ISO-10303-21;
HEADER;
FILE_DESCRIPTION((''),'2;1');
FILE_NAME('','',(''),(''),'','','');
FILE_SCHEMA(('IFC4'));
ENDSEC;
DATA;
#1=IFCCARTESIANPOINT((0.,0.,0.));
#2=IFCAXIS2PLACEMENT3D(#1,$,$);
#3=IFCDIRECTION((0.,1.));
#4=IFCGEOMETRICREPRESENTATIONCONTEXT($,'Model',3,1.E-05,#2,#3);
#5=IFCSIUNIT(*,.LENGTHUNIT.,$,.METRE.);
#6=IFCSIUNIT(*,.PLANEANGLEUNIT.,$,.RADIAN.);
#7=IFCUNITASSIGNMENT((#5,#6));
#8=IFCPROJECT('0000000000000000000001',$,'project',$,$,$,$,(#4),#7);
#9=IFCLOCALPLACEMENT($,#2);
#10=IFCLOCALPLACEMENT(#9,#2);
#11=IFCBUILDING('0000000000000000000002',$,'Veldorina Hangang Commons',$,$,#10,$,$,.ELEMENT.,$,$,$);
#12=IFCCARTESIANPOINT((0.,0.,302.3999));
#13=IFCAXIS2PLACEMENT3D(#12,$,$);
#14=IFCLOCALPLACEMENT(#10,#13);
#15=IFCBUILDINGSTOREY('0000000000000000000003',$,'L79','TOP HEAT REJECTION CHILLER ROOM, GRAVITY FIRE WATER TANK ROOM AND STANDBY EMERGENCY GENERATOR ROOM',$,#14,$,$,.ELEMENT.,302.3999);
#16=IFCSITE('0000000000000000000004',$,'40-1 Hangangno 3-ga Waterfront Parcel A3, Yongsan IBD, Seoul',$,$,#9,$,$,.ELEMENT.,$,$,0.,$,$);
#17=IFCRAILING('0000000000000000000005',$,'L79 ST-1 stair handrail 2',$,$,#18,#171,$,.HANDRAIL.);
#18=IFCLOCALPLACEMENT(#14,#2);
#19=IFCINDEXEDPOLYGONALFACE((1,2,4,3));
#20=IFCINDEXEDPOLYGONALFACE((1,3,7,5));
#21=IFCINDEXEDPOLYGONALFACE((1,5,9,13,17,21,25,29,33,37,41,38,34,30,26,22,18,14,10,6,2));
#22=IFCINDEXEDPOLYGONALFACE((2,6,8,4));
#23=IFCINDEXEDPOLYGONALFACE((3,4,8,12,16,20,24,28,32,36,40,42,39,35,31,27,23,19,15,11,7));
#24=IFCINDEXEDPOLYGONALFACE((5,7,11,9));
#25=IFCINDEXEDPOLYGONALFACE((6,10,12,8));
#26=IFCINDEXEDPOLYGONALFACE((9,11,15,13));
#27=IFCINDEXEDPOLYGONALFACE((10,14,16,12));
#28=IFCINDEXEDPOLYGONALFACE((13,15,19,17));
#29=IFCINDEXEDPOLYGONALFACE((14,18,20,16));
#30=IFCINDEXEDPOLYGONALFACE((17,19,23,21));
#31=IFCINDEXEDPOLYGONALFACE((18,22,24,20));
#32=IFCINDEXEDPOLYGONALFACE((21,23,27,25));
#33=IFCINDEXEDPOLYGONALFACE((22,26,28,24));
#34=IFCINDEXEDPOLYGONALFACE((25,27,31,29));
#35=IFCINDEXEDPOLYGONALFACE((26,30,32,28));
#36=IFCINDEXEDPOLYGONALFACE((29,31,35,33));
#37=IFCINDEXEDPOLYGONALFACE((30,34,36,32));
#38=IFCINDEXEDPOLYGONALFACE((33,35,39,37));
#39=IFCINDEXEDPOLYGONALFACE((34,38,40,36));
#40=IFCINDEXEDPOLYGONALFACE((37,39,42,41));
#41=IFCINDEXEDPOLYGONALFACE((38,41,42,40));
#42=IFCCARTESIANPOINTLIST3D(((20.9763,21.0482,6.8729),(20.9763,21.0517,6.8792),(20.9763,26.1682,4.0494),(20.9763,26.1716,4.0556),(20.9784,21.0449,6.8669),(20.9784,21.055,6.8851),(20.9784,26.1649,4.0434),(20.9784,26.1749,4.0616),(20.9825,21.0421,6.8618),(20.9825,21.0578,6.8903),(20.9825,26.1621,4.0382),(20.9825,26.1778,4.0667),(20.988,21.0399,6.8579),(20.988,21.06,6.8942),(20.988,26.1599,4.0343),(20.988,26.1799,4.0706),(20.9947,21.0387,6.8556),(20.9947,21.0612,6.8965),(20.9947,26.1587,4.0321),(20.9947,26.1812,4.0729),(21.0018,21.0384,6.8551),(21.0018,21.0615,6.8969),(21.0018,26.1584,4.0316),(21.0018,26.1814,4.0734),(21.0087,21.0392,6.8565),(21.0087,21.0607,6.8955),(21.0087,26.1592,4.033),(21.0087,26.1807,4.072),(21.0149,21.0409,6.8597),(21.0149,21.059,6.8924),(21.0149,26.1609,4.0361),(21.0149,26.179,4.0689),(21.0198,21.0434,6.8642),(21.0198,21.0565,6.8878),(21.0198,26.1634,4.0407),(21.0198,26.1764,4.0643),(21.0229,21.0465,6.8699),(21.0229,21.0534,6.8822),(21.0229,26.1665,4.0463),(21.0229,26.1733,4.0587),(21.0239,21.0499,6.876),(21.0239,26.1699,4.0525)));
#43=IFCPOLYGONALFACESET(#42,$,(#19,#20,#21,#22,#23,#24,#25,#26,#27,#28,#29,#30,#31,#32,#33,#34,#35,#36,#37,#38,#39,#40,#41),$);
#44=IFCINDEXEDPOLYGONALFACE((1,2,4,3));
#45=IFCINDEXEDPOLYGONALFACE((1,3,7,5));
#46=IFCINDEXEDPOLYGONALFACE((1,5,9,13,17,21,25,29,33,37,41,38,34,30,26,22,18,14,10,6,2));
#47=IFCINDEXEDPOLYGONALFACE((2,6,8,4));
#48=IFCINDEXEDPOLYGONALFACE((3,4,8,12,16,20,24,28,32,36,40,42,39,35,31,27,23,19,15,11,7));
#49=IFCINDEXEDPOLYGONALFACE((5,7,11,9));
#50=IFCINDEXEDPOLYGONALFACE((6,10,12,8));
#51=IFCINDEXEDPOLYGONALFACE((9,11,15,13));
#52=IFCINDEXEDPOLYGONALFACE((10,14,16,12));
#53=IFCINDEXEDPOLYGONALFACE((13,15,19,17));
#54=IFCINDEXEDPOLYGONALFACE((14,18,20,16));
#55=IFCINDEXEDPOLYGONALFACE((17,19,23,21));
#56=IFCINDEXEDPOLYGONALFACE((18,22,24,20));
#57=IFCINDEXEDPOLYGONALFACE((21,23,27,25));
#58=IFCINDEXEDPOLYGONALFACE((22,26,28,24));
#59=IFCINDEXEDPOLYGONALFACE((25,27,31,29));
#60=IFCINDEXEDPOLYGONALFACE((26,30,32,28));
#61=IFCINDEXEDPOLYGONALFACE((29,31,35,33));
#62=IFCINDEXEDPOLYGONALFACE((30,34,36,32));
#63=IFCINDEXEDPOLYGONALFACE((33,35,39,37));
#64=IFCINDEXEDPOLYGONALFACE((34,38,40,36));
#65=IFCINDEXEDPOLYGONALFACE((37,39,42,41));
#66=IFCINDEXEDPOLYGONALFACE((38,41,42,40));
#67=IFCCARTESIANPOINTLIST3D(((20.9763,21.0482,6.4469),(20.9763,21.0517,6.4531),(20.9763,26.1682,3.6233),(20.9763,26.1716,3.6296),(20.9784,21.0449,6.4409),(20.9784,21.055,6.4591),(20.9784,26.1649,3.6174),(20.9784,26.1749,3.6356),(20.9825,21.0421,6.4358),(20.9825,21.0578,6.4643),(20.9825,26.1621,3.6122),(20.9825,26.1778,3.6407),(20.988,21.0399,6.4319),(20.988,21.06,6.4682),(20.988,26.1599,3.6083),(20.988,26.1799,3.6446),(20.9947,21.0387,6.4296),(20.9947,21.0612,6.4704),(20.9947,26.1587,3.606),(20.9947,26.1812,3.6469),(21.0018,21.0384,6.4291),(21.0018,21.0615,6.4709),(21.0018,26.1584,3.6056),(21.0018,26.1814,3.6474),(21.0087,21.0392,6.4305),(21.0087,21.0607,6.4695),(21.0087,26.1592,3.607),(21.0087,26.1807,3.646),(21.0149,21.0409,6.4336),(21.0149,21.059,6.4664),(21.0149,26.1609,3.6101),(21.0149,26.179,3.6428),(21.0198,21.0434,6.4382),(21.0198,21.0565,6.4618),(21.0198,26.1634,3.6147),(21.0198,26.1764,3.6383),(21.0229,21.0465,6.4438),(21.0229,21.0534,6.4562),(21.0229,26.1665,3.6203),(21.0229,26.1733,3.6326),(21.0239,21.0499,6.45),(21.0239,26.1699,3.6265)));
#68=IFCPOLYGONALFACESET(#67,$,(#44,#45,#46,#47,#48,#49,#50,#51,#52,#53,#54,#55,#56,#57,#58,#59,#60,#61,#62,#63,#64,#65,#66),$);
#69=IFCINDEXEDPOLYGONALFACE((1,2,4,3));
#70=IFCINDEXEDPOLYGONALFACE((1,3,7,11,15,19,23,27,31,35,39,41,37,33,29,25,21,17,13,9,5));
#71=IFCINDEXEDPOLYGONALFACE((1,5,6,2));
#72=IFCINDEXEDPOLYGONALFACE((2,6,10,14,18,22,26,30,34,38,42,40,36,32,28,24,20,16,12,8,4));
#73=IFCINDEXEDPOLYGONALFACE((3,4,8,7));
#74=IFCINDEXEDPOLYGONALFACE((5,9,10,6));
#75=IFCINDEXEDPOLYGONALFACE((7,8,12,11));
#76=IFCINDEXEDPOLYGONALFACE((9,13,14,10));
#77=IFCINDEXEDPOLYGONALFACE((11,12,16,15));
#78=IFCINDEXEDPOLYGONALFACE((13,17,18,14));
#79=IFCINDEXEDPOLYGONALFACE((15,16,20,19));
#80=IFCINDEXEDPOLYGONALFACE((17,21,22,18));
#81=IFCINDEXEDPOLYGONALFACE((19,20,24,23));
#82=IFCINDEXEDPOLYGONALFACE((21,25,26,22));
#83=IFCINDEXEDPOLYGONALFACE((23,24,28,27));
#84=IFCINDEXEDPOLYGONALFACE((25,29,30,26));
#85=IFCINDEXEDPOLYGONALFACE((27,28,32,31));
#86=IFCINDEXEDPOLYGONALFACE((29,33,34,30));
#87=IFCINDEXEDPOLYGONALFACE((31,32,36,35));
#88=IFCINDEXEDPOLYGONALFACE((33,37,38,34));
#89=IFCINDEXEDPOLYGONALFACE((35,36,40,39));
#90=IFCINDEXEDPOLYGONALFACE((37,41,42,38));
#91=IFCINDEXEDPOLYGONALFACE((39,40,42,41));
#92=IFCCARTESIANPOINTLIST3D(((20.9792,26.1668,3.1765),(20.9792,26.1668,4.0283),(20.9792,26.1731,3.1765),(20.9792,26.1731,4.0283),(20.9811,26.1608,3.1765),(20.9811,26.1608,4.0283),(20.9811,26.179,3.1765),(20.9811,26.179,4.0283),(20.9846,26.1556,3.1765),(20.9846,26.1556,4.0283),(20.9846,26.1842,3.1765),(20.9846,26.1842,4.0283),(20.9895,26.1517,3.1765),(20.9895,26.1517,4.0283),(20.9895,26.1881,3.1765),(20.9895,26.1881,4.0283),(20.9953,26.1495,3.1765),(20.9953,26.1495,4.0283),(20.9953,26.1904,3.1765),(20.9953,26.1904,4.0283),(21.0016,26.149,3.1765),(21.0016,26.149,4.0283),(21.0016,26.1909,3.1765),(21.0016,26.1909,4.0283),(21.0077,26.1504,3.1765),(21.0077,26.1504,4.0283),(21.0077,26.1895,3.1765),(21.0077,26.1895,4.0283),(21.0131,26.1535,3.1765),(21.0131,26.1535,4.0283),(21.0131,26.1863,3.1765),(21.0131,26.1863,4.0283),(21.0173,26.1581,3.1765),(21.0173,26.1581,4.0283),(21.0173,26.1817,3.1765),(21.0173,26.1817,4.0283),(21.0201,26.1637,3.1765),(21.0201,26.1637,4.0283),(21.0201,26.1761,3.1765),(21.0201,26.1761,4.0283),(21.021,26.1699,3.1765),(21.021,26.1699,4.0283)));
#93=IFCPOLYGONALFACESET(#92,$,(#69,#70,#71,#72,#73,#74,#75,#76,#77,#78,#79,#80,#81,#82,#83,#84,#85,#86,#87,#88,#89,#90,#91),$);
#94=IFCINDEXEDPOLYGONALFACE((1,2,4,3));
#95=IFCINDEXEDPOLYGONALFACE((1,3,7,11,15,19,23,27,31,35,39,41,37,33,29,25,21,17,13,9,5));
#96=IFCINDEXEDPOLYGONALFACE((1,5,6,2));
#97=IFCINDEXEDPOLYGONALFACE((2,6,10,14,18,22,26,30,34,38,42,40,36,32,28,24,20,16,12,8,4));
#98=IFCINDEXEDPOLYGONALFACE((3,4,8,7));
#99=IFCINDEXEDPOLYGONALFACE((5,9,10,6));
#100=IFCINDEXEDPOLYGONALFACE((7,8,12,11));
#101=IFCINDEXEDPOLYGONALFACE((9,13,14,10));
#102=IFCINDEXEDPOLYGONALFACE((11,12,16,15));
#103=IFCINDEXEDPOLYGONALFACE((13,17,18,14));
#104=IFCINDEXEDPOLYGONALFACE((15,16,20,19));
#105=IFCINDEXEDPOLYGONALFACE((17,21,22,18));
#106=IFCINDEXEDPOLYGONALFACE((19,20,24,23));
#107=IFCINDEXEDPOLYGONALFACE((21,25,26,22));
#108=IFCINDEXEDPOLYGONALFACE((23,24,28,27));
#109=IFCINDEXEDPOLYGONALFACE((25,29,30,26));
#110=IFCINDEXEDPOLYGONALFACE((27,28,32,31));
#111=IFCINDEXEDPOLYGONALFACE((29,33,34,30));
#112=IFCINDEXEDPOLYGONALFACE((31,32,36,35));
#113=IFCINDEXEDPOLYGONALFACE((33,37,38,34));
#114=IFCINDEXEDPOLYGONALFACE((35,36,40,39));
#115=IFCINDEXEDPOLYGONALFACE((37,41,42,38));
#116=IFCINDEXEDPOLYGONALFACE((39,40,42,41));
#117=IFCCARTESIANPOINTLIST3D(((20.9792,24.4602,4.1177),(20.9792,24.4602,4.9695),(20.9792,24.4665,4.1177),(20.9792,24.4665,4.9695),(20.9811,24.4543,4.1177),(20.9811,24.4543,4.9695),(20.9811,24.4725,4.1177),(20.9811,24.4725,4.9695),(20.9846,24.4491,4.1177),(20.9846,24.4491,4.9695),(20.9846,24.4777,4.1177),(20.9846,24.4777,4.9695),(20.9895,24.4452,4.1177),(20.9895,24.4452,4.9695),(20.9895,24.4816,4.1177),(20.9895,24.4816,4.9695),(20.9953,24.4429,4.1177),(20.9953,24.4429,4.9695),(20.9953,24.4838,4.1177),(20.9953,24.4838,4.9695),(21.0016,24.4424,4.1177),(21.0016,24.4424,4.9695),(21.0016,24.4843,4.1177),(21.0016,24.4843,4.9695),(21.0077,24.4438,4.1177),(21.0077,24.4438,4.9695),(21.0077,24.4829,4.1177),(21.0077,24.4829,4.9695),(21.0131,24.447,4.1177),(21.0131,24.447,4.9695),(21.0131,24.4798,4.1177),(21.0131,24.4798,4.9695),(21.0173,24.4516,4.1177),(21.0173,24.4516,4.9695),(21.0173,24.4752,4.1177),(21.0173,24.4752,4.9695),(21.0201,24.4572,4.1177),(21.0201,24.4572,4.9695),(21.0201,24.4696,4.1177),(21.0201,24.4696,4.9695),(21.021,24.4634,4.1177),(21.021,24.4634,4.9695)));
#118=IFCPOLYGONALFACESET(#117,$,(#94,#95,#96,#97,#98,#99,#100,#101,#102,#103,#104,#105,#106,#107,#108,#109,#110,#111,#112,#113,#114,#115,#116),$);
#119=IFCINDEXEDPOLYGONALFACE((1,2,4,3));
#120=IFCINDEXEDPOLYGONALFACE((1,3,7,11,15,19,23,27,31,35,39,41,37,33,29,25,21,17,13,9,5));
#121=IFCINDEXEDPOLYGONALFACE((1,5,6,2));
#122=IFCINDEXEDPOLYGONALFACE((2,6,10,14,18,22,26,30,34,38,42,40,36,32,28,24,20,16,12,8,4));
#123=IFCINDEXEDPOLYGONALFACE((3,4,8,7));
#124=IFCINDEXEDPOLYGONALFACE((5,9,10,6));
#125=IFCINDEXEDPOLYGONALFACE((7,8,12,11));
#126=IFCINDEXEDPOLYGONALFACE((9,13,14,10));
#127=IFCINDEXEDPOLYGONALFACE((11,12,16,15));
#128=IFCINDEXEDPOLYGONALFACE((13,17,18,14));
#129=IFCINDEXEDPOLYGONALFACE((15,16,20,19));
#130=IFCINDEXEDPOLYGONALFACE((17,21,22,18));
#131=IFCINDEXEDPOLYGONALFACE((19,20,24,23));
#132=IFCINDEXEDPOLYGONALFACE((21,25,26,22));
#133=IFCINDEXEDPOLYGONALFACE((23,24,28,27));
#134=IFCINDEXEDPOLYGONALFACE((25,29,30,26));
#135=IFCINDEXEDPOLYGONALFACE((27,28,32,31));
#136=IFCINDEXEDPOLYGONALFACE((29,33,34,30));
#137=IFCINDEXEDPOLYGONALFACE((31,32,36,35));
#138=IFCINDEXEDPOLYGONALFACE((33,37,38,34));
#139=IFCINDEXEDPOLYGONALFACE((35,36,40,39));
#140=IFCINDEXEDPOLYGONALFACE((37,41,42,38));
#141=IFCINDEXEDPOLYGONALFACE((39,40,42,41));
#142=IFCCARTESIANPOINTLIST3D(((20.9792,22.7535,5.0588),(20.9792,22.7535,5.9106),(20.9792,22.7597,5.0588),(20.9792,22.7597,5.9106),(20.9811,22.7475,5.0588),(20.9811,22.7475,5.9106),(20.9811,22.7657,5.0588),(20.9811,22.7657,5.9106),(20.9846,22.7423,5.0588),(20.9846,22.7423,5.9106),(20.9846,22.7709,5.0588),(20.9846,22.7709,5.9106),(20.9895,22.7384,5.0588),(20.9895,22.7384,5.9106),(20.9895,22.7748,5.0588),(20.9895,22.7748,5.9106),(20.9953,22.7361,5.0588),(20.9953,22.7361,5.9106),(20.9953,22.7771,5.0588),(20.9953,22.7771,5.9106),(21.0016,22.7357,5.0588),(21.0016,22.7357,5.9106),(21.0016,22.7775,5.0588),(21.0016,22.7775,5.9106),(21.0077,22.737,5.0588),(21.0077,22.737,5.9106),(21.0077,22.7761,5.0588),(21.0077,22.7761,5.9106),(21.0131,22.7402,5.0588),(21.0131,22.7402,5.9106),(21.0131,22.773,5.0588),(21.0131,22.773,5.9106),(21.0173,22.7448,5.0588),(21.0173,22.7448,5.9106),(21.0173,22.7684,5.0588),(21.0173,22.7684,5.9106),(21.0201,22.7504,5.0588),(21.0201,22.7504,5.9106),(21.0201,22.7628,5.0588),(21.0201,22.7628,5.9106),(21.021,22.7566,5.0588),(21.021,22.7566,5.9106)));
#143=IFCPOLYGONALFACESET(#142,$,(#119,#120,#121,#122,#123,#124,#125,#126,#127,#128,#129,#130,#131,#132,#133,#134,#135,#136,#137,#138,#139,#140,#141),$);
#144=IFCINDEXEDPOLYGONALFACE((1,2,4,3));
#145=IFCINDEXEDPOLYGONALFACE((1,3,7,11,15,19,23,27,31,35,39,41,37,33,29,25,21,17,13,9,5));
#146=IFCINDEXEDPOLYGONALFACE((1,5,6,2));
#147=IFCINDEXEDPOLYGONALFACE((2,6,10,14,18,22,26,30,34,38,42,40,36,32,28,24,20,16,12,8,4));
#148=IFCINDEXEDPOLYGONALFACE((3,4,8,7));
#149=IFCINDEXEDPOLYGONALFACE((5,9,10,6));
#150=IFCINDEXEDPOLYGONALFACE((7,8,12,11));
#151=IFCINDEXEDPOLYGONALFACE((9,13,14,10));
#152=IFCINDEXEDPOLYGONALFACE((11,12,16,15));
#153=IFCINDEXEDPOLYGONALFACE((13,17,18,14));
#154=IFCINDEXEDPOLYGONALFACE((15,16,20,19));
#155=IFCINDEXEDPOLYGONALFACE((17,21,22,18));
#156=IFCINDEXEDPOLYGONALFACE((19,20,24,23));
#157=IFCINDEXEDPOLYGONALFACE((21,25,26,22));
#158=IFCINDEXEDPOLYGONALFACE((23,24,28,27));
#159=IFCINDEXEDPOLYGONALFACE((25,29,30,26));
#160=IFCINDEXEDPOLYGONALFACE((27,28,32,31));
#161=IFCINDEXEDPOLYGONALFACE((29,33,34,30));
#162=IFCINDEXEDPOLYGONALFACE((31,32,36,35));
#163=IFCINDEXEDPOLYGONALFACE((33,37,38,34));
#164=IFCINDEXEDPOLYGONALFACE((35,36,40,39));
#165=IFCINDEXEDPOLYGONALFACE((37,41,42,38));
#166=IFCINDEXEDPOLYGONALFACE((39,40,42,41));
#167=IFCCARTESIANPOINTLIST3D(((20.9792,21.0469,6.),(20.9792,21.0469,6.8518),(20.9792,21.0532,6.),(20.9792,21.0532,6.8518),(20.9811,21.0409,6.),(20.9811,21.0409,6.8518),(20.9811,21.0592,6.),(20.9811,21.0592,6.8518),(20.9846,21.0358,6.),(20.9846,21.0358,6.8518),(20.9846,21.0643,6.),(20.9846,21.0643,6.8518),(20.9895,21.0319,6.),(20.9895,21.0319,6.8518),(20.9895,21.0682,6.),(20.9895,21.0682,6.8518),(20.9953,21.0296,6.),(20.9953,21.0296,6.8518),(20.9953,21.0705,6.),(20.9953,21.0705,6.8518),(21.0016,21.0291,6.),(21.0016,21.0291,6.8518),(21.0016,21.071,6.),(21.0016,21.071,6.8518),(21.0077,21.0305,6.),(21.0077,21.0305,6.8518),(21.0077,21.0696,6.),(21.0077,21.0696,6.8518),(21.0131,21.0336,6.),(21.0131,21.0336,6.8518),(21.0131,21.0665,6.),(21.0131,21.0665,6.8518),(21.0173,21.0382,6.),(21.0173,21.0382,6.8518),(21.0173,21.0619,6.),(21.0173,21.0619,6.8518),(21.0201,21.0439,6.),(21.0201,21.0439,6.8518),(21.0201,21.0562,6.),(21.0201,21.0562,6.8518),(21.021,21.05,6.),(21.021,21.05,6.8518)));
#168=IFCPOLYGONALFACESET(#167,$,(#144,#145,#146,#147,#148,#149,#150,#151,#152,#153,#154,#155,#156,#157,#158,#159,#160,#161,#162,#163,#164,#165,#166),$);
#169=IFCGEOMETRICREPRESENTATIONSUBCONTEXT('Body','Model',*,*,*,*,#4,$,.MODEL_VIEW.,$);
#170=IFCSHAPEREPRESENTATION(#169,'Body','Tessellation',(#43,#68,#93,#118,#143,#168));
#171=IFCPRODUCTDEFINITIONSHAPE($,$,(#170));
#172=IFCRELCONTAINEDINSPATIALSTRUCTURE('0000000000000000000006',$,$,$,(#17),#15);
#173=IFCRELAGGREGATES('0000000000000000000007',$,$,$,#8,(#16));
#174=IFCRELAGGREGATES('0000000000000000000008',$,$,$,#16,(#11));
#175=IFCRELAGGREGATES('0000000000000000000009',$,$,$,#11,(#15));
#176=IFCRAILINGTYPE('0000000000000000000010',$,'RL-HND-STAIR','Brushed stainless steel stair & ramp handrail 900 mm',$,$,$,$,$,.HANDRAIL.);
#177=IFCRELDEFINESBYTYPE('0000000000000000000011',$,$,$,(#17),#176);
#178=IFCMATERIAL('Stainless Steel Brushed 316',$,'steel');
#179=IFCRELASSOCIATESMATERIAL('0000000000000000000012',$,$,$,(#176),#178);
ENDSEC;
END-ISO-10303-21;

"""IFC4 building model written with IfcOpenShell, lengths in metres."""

from ifc_helpers import new_model, si_unit, direction, frame, origin, origin_2d, place, context, subcontext, project, spatial, circle, extrude, material, type_object, element, save


model = new_model("IFC4")

# Units and contexts
model_context = context("Model", 3, precision=1e-05, world=origin(), true_north=direction((0.0, 1.0)))
body_context = subcontext(model_context, "Body", "Model", "MODEL_VIEW")
ifc_project = project(units=[si_unit("LENGTHUNIT", "METRE"), si_unit("PLANEANGLEUNIT", "RADIAN")], contexts=[model_context])

# Site, building, storey
site_placement = place(None, origin())
site = spatial("IfcSite", under=ifc_project, at=site_placement, Name="40-1 Hangangno 3-ga Waterfront Parcel A3, Yongsan IBD, Seoul", CompositionType="ELEMENT", RefElevation=0.0)
building_placement = place(site_placement, origin())
building = spatial("IfcBuilding", under=site, at=building_placement, Name="Veldorina Hangang Commons", CompositionType="ELEMENT")
storey_placement = place(building_placement, frame((0.0, 0.0, 302.3999)))
storey = spatial("IfcBuildingStorey", under=building, at=storey_placement, Name="L79", Description="TOP HEAT REJECTION CHILLER ROOM, GRAVITY FIRE WATER TANK ROOM AND STANDBY EMERGENCY GENERATOR ROOM", CompositionType="ELEMENT", Elevation=302.3999)

# Railing
ifc_material_1 = material(Name="Stainless Steel Brushed 316", Category="steel")
railing_type = type_object("IfcRailingType", Name="RL-HND-STAIR", Description="Brushed stainless steel stair & ramp handrail 900 mm", PredefinedType="HANDRAIL", material=ifc_material_1)
railing_placement = place(storey_placement, frame((21.0, 26.1699, 3.1765)))
element("IfcRailing", 1, at=railing_placement, inside=storey, type_object=railing_type, Name="L79 ST-1 stair handrail 2", PredefinedType="HANDRAIL", context=body_context, shape_type="SweptSolid", body=[
    extrude(circle(Radius=0.0239, at=origin_2d()), frame((0.0, 0.0, 0.876), z_axis=(0.0, -0.87567, 0.482911), x_axis=(1.0, 0.0, 0.0)), (0.0, 0.0, 1.0), 5.8469),
    extrude(circle(Radius=0.0239, at=origin_2d()), frame((0.0, 0.0, 0.45), z_axis=(0.0, -0.87567, 0.482911), x_axis=(1.0, 0.0, 0.0)), (0.0, 0.0, 1.0), 5.8469),
    extrude(circle(Radius=0.021, at=origin_2d()), origin(), (0.0, 0.0, 1.0), 0.8518),
    extrude(circle(Radius=0.021, at=origin_2d()), frame((0.0, -1.7065, 0.9412)), (0.0, 0.0, 1.0), 0.8518),
    extrude(circle(Radius=0.021, at=origin_2d()), frame((0.0, -3.4133, 1.8823)), (0.0, 0.0, 1.0), 0.8518),
    extrude(circle(Radius=0.021, at=origin_2d()), frame((0.0, -5.1199, 2.8235)), (0.0, 0.0, 1.0), 0.8518),
])

save(model, "model.ifc")
